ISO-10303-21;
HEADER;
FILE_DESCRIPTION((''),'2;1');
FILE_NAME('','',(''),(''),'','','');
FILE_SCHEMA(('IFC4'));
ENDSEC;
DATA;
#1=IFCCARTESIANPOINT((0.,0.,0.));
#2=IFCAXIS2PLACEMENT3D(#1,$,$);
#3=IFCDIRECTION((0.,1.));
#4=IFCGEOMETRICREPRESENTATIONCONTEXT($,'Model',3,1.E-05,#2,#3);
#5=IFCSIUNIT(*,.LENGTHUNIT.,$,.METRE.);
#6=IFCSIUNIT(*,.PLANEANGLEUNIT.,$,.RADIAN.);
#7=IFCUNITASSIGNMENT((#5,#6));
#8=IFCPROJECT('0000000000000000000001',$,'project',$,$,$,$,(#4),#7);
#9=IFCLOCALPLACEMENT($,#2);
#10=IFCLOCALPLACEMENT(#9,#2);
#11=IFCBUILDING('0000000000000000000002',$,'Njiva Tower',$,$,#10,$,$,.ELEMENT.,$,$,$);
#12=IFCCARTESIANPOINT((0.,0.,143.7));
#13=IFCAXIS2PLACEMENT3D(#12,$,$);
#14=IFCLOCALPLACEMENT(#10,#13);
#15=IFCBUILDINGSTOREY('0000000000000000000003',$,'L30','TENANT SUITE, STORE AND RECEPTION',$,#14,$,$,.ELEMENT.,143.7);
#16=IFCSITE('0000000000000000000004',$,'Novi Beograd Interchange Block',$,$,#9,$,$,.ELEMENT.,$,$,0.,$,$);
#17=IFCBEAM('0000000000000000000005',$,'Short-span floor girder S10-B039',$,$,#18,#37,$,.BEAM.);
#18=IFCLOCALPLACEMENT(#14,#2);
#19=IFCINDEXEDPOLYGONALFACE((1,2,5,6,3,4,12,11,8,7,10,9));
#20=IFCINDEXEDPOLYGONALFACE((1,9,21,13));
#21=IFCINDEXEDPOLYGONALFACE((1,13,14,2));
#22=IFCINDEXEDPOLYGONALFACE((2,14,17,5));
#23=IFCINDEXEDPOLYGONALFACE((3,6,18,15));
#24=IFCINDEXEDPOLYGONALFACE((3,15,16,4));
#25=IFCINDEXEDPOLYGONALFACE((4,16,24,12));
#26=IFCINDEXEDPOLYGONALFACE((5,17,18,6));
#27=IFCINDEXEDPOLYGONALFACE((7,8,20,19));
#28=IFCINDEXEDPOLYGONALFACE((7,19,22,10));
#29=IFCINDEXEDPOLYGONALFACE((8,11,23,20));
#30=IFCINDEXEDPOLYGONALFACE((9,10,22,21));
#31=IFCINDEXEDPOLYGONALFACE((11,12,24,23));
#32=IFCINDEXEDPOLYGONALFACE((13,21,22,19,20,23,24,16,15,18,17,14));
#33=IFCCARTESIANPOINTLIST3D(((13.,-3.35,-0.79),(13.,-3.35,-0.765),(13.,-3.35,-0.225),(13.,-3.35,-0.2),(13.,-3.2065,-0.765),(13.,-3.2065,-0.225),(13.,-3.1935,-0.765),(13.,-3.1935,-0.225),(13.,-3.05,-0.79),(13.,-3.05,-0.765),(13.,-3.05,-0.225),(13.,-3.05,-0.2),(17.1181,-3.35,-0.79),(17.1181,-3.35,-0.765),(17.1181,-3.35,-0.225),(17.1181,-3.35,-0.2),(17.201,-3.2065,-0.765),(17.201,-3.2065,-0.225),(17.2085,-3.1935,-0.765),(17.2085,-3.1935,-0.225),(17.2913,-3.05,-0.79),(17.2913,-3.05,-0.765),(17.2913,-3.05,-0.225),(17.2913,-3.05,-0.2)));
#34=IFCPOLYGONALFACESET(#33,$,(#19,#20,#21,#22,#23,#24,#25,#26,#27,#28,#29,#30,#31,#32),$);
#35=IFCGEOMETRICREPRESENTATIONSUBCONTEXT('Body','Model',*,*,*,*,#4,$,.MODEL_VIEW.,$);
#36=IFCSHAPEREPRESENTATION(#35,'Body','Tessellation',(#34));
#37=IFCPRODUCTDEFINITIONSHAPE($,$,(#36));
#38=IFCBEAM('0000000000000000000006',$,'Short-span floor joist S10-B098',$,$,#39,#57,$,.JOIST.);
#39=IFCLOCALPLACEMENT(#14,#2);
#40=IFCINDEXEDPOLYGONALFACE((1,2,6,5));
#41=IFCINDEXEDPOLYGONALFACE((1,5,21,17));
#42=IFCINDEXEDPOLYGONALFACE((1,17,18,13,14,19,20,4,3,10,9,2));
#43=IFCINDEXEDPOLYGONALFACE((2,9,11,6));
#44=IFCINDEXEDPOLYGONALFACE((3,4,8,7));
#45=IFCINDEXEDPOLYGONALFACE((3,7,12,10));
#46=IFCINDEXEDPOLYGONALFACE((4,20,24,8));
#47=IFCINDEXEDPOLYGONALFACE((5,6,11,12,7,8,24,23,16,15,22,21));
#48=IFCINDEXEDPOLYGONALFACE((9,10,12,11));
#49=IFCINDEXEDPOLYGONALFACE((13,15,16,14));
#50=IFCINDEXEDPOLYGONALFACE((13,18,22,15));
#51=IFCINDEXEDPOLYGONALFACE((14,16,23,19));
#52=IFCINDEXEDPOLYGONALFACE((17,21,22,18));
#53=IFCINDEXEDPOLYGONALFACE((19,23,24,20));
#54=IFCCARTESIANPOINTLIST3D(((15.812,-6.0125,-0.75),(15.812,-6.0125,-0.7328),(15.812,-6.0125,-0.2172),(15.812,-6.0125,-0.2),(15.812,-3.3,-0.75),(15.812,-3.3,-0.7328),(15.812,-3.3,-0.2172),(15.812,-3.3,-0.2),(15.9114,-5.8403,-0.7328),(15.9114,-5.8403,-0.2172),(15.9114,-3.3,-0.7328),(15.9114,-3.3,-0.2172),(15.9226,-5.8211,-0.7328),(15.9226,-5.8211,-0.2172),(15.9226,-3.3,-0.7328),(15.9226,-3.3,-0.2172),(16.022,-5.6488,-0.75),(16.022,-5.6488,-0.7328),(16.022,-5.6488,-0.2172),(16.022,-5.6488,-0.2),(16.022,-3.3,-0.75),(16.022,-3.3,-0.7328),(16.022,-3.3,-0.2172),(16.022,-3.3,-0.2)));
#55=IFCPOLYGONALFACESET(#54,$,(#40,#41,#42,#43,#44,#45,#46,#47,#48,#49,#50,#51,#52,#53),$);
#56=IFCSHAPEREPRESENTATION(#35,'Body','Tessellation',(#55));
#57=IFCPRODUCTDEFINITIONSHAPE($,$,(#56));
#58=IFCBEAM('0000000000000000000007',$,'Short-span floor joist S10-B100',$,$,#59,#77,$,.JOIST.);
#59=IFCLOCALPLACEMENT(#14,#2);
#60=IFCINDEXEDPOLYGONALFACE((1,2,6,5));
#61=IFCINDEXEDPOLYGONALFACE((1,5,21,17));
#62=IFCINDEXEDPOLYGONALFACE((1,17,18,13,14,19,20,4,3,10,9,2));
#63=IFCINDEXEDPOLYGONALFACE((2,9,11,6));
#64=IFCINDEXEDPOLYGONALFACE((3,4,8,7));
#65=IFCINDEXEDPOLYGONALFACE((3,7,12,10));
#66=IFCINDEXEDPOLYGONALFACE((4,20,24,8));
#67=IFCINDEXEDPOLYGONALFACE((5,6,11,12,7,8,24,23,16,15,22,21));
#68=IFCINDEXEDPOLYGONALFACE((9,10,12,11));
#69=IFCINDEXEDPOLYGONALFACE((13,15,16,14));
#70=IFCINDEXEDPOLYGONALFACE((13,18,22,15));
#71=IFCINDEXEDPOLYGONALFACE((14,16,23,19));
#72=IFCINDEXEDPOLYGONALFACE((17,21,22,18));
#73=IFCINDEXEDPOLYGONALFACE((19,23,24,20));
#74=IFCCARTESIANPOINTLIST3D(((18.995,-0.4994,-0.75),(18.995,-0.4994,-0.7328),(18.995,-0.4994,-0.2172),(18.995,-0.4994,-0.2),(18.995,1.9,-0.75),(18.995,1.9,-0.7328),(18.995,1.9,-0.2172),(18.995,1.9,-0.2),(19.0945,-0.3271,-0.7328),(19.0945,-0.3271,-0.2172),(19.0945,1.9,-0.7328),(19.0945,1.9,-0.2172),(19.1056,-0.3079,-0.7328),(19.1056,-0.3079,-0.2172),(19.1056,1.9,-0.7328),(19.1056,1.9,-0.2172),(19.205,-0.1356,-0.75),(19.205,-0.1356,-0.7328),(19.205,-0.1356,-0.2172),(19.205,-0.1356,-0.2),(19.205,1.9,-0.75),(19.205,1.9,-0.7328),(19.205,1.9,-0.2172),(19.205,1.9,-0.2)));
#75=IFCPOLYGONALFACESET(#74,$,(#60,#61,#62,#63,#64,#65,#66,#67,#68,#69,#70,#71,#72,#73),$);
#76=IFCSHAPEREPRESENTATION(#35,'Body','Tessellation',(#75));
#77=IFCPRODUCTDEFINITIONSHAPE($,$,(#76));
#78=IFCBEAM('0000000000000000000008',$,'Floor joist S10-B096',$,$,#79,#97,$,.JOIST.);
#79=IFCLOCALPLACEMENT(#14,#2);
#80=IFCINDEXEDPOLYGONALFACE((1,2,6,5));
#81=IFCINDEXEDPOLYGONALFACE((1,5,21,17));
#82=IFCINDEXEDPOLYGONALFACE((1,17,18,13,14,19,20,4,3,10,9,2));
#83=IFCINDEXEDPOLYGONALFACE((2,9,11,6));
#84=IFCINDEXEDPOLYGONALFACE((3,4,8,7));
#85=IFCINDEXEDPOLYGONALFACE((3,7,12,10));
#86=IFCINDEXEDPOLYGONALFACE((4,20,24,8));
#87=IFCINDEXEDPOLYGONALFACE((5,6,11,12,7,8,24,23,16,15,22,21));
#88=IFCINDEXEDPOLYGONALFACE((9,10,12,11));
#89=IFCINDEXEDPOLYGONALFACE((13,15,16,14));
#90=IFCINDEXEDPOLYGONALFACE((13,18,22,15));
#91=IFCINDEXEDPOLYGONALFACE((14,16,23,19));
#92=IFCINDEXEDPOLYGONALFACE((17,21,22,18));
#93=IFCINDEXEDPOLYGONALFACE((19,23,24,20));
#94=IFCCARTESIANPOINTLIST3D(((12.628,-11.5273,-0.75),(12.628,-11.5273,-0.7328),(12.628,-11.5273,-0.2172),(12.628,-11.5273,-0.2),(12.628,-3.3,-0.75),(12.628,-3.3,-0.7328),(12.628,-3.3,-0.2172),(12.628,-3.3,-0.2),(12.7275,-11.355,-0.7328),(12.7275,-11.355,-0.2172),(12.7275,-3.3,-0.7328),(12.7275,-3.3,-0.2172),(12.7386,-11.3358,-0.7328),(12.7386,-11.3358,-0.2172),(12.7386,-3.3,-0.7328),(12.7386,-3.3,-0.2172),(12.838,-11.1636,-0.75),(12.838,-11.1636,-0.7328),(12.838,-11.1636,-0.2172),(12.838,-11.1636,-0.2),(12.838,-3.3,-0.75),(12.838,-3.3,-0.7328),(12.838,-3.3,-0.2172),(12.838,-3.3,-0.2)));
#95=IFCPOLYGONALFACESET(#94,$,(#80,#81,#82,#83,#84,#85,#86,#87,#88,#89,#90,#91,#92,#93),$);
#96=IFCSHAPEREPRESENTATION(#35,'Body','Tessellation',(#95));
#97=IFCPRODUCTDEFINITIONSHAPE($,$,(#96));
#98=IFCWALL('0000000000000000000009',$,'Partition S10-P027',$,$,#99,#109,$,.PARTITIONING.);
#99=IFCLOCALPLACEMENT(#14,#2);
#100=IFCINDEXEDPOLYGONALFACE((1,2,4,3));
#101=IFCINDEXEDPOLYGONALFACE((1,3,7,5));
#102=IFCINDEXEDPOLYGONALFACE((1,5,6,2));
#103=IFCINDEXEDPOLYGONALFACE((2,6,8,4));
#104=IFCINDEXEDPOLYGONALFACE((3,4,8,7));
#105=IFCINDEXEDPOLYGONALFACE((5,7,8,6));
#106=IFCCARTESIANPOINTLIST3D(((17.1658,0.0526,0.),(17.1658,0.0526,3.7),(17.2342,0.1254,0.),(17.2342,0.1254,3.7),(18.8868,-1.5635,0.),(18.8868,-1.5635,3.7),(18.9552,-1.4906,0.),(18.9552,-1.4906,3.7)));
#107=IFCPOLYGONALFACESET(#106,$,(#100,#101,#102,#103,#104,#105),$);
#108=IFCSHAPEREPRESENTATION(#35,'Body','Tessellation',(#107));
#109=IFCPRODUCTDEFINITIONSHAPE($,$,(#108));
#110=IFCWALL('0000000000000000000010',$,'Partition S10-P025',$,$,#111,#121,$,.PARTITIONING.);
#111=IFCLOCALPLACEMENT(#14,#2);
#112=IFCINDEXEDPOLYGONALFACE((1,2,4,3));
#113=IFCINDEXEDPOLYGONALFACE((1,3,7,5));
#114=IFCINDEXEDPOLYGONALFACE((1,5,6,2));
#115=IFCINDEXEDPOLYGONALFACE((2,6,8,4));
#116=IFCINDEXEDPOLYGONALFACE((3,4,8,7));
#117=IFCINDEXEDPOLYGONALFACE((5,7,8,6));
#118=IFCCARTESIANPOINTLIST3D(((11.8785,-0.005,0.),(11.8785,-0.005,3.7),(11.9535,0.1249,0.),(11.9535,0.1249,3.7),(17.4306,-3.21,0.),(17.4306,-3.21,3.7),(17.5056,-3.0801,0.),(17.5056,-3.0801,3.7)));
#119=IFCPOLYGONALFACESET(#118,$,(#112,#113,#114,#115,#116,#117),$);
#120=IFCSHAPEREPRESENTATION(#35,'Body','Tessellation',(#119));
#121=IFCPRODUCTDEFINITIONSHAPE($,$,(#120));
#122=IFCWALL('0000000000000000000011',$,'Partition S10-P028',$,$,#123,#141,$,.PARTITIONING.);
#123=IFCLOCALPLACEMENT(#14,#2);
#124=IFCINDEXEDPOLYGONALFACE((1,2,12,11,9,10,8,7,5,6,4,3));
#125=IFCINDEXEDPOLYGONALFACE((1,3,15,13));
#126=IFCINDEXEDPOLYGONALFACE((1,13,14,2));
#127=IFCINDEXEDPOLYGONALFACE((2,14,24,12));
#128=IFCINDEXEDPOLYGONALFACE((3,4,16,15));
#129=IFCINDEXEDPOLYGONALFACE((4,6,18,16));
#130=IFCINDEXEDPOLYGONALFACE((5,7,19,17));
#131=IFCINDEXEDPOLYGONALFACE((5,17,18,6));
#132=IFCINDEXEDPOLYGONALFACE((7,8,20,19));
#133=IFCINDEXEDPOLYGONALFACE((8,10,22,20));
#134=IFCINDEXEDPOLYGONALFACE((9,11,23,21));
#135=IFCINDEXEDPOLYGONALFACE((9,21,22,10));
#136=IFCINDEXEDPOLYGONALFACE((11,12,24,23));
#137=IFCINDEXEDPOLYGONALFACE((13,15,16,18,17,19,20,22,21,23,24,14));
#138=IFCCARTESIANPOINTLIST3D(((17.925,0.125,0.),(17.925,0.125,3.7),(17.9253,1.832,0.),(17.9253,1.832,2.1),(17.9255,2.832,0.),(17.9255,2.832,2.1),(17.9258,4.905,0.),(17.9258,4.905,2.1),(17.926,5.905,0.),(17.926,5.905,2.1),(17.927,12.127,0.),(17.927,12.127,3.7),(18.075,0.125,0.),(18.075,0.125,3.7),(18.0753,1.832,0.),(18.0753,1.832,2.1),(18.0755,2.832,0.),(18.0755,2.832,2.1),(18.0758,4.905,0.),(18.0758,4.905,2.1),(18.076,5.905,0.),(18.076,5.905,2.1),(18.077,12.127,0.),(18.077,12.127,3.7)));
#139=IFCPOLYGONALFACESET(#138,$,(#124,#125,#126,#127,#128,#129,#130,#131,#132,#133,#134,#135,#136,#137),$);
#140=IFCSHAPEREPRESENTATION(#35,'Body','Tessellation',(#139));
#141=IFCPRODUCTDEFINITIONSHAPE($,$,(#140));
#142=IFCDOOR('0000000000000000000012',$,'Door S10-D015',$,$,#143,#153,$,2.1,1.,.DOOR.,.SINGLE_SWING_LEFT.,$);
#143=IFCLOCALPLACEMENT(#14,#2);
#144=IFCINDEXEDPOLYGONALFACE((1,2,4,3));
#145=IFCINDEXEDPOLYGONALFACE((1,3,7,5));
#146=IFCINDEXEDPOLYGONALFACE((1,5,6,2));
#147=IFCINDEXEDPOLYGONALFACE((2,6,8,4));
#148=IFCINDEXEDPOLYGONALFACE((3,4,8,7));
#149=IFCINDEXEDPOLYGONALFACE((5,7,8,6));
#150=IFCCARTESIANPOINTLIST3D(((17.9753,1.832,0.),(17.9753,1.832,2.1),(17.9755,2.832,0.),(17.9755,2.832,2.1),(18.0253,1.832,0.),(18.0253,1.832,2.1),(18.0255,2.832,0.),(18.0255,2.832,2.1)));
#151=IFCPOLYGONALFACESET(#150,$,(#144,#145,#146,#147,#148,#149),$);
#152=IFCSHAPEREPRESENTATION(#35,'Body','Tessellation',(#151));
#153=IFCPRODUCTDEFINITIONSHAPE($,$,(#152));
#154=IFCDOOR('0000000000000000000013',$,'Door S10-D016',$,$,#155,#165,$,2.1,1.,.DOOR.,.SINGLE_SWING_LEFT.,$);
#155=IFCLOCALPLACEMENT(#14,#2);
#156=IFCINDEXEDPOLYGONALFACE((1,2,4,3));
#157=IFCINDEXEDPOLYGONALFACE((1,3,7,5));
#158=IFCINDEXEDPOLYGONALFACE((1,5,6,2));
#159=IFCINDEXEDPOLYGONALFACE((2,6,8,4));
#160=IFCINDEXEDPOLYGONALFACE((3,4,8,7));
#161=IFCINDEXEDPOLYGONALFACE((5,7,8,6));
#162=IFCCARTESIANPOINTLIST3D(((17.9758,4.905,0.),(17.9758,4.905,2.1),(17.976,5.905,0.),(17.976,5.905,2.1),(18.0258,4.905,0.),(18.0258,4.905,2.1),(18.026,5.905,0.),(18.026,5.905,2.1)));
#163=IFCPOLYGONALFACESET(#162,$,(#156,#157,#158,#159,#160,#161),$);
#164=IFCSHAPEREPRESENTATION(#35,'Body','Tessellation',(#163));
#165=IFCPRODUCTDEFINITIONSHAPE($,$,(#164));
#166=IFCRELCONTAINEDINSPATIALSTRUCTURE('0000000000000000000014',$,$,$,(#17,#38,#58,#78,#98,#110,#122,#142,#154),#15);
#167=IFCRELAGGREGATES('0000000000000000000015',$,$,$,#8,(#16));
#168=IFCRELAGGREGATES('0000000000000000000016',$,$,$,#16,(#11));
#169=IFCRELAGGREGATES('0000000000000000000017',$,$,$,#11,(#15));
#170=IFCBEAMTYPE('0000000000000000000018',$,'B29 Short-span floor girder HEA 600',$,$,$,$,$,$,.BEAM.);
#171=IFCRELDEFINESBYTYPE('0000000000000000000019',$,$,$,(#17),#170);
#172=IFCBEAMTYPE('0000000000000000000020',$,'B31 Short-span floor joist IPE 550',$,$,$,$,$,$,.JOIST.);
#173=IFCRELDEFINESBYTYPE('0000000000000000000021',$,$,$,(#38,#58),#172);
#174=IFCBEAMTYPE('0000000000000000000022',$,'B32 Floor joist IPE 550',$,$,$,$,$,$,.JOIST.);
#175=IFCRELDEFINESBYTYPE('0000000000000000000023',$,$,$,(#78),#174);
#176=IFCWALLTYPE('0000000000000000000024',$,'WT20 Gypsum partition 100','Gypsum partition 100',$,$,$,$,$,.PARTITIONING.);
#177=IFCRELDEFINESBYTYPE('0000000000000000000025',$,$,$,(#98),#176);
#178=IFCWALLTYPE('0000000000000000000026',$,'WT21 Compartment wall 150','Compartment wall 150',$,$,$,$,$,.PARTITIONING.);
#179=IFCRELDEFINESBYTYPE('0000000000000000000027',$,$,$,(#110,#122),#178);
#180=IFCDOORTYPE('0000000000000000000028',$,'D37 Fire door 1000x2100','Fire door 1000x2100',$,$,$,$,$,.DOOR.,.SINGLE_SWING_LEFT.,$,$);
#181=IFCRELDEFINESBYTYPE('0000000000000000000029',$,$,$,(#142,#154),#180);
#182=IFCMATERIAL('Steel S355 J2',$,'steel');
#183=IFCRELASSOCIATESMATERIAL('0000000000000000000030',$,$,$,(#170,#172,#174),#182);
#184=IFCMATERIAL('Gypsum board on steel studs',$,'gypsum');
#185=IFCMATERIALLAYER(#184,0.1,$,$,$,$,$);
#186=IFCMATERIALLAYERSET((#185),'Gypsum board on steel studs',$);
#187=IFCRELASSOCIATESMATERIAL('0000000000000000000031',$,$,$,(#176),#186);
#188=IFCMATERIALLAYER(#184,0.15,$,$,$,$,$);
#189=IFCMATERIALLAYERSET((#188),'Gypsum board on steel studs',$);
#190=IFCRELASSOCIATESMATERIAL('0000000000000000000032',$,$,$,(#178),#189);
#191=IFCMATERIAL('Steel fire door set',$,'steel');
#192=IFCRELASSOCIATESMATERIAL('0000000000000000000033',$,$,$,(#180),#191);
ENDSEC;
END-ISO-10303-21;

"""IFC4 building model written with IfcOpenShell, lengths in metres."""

from ifc_helpers import new_model, si_unit, direction, frame, frame_2d, origin, origin_2d, place, context, subcontext, project, spatial, rectangle, i_section, extrude, clip, halfspace, material, layer, layer_set, material_profile, profile_set, type_object, element, fill, save


model = new_model("IFC4")

# Units and contexts
model_context = context("Model", 3, precision=1e-05, world=origin(), true_north=direction((0.0, 1.0)))
body_context = subcontext(model_context, "Body", "Model", "MODEL_VIEW")
ifc_project = project(units=[si_unit("LENGTHUNIT", "METRE"), si_unit("PLANEANGLEUNIT", "RADIAN")], contexts=[model_context])

# Site, building, storey
site_placement = place(None, origin())
site = spatial("IfcSite", under=ifc_project, at=site_placement, Name="Novi Beograd Interchange Block", CompositionType="ELEMENT", RefElevation=0.0)
building_placement = place(site_placement, origin())
building = spatial("IfcBuilding", under=site, at=building_placement, Name="Njiva Tower", CompositionType="ELEMENT")
storey_placement = place(building_placement, frame((0.0, 0.0, 143.7)))
storey = spatial("IfcBuildingStorey", under=building, at=storey_placement, Name="L30", Description="TENANT SUITE, STORE AND RECEPTION", CompositionType="ELEMENT", Elevation=143.7)

# Shared definitions
ifc_material_1 = material(Name="Steel S355 J2", Category="steel")

# Beams
ifc_material_profile_1 = material_profile(ifc_material_1, i_section(OverallWidth=0.3, OverallDepth=0.59, WebThickness=0.013, FlangeThickness=0.025, at=origin_2d()), Name="HEA 600")
ifc_profile_set_1 = profile_set([ifc_material_profile_1], Name="Steel S355 J2")
beam_type_1 = type_object("IfcBeamType", Name="B29 Short-span floor girder HEA 600", PredefinedType="BEAM", material=ifc_profile_set_1)
beam_1_placement = place(storey_placement, frame((13.0, -3.2, -0.495), z_axis=(1.0, 0.0, 0.0), x_axis=(0.0, 1.0, 0.0)))
element("IfcBeam", 1, at=beam_1_placement, inside=storey, type_object=beam_type_1, Name="Short-span floor girder S10-B039", PredefinedType="BEAM", context=body_context, shape_type="Clipping", body=[
    clip(extrude(i_section(OverallWidth=0.3, OverallDepth=0.59, WebThickness=0.013, FlangeThickness=0.025, at=origin_2d()), origin(), (0.0, 0.0, 1.0), 4.312), halfspace(frame((-0.025, 0.0, 4.1903), z_axis=(-0.499998, 0.0, 0.866027), x_axis=(0.0, 1.0, 0.0)), False)),
])
ifc_material_profile_2 = material_profile(ifc_material_1, i_section(OverallWidth=0.21, OverallDepth=0.55, WebThickness=0.0111, FlangeThickness=0.0172, at=origin_2d()), Name="IPE 550")
ifc_profile_set_2 = profile_set([ifc_material_profile_2], Name="Steel S355 J2")
beam_type_2 = type_object("IfcBeamType", Name="B31 Short-span floor joist IPE 550", PredefinedType="JOIST", material=ifc_profile_set_2)
beam_2_placement = place(storey_placement, frame((15.917, -3.3, -0.475), z_axis=(0.0, -1.0, 0.0), x_axis=(1.0, 0.0, 0.0)))
element("IfcBeam", 2, at=beam_2_placement, inside=storey, type_object=beam_type_2, Name="Short-span floor joist S10-B098", PredefinedType="JOIST", context=body_context, shape_type="Clipping", body=[
    clip(extrude(i_section(OverallWidth=0.21, OverallDepth=0.55, WebThickness=0.0111, FlangeThickness=0.0172, at=origin_2d()), origin(), (0.0, 0.0, 1.0), 2.733), halfspace(frame((0.043, 0.0, 2.4562), z_axis=(0.866027, 0.0, 0.499998), x_axis=(0.0, 1.0, 0.0)), False)),
])
beam_3_placement = place(storey_placement, frame((19.1, 1.9, -0.475), z_axis=(0.0, -1.0, 0.0), x_axis=(1.0, 0.0, 0.0)))
element("IfcBeam", 3, at=beam_3_placement, inside=storey, type_object=beam_type_2, Name="Short-span floor joist S10-B100", PredefinedType="JOIST", context=body_context, shape_type="Clipping", body=[
    clip(extrude(i_section(OverallWidth=0.21, OverallDepth=0.55, WebThickness=0.0111, FlangeThickness=0.0172, at=origin_2d()), origin(), (0.0, 0.0, 1.0), 2.419), halfspace(frame((0.0433, 0.0, 2.1425), z_axis=(0.866027, 0.0, 0.499998), x_axis=(0.0, 1.0, 0.0)), False)),
])
ifc_material_profile_3 = material_profile(ifc_material_1, i_section(OverallWidth=0.21, OverallDepth=0.55, WebThickness=0.0111, FlangeThickness=0.0172, at=origin_2d()), Name="IPE 550")
ifc_profile_set_3 = profile_set([ifc_material_profile_3], Name="Steel S355 J2")
beam_type_3 = type_object("IfcBeamType", Name="B32 Floor joist IPE 550", PredefinedType="JOIST", material=ifc_profile_set_3)
beam_4_placement = place(storey_placement, frame((12.733, -3.3, -0.475), z_axis=(0.0, -1.0, 0.0), x_axis=(1.0, 0.0, 0.0)))
element("IfcBeam", 4, at=beam_4_placement, inside=storey, type_object=beam_type_3, Name="Floor joist S10-B096", PredefinedType="JOIST", context=body_context, shape_type="Clipping", body=[
    clip(extrude(i_section(OverallWidth=0.21, OverallDepth=0.55, WebThickness=0.0111, FlangeThickness=0.0172, at=origin_2d()), origin(), (0.0, 0.0, 1.0), 8.247), halfspace(frame((0.0436, 0.0, 7.9699), z_axis=(0.866027, 0.0, 0.499998), x_axis=(0.0, 1.0, 0.0)), False)),
])

# Walls
ifc_material_2 = material(Name="Gypsum board on steel studs", Category="gypsum")
ifc_layer_1 = layer(ifc_material_2, 0.1)
ifc_layer_set_1 = layer_set([ifc_layer_1], Name="Gypsum board on steel studs")
wall_type_1 = type_object("IfcWallType", Name="WT20 Gypsum partition 100", Description="Gypsum partition 100", PredefinedType="PARTITIONING", material=ifc_layer_set_1)
wall_1_placement = place(storey_placement, frame((17.2, 0.089, 0.0), z_axis=(0.0, 0.0, 1.0), x_axis=(0.728995, -0.684519, 0.0)))
element("IfcWall", 5, at=wall_1_placement, inside=storey, type_object=wall_type_1, Name="Partition S10-P027", PredefinedType="PARTITIONING", context=body_context, shape_type="SweptSolid", body=[
    extrude(rectangle(XDim=2.3608, YDim=0.1, at=frame_2d((1.1804, 0.0))), origin(), (0.0, 0.0, 1.0), 3.7),
])
ifc_layer_2 = layer(ifc_material_2, 0.15)
ifc_layer_set_2 = layer_set([ifc_layer_2], Name="Gypsum board on steel studs")
wall_type_2 = type_object("IfcWallType", Name="WT21 Compartment wall 150", Description="Compartment wall 150", PredefinedType="PARTITIONING", material=ifc_layer_set_2)
wall_2_placement = place(storey_placement, frame((11.916, 0.06, 0.0), z_axis=(0.0, 0.0, 1.0), x_axis=(0.866056, -0.499948, 0.0)))
element("IfcWall", 6, at=wall_2_placement, inside=storey, type_object=wall_type_2, Name="Partition S10-P025", PredefinedType="PARTITIONING", context=body_context, shape_type="SweptSolid", body=[
    extrude(rectangle(XDim=6.4107, YDim=0.15, at=frame_2d((3.2054, 0.0))), origin(), (0.0, 0.0, 1.0), 3.7),
])

# Wall, openings, doors
wall_3_placement = place(storey_placement, frame((18.0, 0.125, 0.0), z_axis=(0.0, 0.0, 1.0), x_axis=(0.000167, 1.0, 0.0)))
wall_3 = element("IfcWall", 7, at=wall_3_placement, inside=storey, type_object=wall_type_2, Name="Partition S10-P028", PredefinedType="PARTITIONING", context=body_context, shape_type="SweptSolid", body=[
    extrude(rectangle(XDim=12.002, YDim=0.15, at=frame_2d((6.001, 0.0))), origin(), (0.0, 0.0, 1.0), 3.7),
])
opening_1_placement = place(wall_3_placement, frame((1.707, 0.0, 0.0)))
opening_1 = element("IfcOpeningElement", 8, at=opening_1_placement, cuts=wall_3, PredefinedType="OPENING", context=body_context, shape_type="SweptSolid", body=[
    extrude(rectangle(XDim=1.0, YDim=2.1, at=frame_2d((0.5, 1.05))), frame((0.0, 0.085, 0.0), z_axis=(0.0, -1.0, 0.0), x_axis=(1.0, 0.0, 0.0)), (0.0, 0.0, 1.0), 0.17),
])
opening_2_placement = place(wall_3_placement, frame((4.78, 0.0, 0.0)))
opening_2 = element("IfcOpeningElement", 9, at=opening_2_placement, cuts=wall_3, PredefinedType="OPENING", context=body_context, shape_type="SweptSolid", body=[
    extrude(rectangle(XDim=1.0, YDim=2.1, at=frame_2d((0.5, 1.05))), frame((0.0, 0.085, 0.0), z_axis=(0.0, -1.0, 0.0), x_axis=(1.0, 0.0, 0.0)), (0.0, 0.0, 1.0), 0.17),
])
ifc_material_3 = material(Name="Steel fire door set", Category="steel")
door_type = type_object("IfcDoorType", Name="D37 Fire door 1000x2100", Description="Fire door 1000x2100", OperationType="SINGLE_SWING_LEFT", PredefinedType="DOOR", material=ifc_material_3)
door_1_placement = place(opening_1_placement, origin())
door_1 = element("IfcDoor", 10, at=door_1_placement, inside=storey, type_object=door_type, Name="Door S10-D015", OperationType="SINGLE_SWING_LEFT", OverallHeight=2.1, OverallWidth=1.0, PredefinedType="DOOR", context=body_context, shape_type="SweptSolid", body=[
    extrude(rectangle(XDim=1.0, YDim=2.1, at=frame_2d((0.5, 1.05))), frame((0.0, 0.025, 0.0), z_axis=(0.0, -1.0, 0.0), x_axis=(1.0, 0.0, 0.0)), (0.0, 0.0, 1.0), 0.05),
])
fill(opening_1, door_1)
door_2_placement = place(opening_2_placement, origin())
door_2 = element("IfcDoor", 11, at=door_2_placement, inside=storey, type_object=door_type, Name="Door S10-D016", OperationType="SINGLE_SWING_LEFT", OverallHeight=2.1, OverallWidth=1.0, PredefinedType="DOOR", context=body_context, shape_type="SweptSolid", body=[
    extrude(rectangle(XDim=1.0, YDim=2.1, at=frame_2d((0.5, 1.05))), frame((0.0, 0.025, 0.0), z_axis=(0.0, -1.0, 0.0), x_axis=(1.0, 0.0, 0.0)), (0.0, 0.0, 1.0), 0.05),
])
fill(opening_2, door_2)

save(model, "model.ifc")
